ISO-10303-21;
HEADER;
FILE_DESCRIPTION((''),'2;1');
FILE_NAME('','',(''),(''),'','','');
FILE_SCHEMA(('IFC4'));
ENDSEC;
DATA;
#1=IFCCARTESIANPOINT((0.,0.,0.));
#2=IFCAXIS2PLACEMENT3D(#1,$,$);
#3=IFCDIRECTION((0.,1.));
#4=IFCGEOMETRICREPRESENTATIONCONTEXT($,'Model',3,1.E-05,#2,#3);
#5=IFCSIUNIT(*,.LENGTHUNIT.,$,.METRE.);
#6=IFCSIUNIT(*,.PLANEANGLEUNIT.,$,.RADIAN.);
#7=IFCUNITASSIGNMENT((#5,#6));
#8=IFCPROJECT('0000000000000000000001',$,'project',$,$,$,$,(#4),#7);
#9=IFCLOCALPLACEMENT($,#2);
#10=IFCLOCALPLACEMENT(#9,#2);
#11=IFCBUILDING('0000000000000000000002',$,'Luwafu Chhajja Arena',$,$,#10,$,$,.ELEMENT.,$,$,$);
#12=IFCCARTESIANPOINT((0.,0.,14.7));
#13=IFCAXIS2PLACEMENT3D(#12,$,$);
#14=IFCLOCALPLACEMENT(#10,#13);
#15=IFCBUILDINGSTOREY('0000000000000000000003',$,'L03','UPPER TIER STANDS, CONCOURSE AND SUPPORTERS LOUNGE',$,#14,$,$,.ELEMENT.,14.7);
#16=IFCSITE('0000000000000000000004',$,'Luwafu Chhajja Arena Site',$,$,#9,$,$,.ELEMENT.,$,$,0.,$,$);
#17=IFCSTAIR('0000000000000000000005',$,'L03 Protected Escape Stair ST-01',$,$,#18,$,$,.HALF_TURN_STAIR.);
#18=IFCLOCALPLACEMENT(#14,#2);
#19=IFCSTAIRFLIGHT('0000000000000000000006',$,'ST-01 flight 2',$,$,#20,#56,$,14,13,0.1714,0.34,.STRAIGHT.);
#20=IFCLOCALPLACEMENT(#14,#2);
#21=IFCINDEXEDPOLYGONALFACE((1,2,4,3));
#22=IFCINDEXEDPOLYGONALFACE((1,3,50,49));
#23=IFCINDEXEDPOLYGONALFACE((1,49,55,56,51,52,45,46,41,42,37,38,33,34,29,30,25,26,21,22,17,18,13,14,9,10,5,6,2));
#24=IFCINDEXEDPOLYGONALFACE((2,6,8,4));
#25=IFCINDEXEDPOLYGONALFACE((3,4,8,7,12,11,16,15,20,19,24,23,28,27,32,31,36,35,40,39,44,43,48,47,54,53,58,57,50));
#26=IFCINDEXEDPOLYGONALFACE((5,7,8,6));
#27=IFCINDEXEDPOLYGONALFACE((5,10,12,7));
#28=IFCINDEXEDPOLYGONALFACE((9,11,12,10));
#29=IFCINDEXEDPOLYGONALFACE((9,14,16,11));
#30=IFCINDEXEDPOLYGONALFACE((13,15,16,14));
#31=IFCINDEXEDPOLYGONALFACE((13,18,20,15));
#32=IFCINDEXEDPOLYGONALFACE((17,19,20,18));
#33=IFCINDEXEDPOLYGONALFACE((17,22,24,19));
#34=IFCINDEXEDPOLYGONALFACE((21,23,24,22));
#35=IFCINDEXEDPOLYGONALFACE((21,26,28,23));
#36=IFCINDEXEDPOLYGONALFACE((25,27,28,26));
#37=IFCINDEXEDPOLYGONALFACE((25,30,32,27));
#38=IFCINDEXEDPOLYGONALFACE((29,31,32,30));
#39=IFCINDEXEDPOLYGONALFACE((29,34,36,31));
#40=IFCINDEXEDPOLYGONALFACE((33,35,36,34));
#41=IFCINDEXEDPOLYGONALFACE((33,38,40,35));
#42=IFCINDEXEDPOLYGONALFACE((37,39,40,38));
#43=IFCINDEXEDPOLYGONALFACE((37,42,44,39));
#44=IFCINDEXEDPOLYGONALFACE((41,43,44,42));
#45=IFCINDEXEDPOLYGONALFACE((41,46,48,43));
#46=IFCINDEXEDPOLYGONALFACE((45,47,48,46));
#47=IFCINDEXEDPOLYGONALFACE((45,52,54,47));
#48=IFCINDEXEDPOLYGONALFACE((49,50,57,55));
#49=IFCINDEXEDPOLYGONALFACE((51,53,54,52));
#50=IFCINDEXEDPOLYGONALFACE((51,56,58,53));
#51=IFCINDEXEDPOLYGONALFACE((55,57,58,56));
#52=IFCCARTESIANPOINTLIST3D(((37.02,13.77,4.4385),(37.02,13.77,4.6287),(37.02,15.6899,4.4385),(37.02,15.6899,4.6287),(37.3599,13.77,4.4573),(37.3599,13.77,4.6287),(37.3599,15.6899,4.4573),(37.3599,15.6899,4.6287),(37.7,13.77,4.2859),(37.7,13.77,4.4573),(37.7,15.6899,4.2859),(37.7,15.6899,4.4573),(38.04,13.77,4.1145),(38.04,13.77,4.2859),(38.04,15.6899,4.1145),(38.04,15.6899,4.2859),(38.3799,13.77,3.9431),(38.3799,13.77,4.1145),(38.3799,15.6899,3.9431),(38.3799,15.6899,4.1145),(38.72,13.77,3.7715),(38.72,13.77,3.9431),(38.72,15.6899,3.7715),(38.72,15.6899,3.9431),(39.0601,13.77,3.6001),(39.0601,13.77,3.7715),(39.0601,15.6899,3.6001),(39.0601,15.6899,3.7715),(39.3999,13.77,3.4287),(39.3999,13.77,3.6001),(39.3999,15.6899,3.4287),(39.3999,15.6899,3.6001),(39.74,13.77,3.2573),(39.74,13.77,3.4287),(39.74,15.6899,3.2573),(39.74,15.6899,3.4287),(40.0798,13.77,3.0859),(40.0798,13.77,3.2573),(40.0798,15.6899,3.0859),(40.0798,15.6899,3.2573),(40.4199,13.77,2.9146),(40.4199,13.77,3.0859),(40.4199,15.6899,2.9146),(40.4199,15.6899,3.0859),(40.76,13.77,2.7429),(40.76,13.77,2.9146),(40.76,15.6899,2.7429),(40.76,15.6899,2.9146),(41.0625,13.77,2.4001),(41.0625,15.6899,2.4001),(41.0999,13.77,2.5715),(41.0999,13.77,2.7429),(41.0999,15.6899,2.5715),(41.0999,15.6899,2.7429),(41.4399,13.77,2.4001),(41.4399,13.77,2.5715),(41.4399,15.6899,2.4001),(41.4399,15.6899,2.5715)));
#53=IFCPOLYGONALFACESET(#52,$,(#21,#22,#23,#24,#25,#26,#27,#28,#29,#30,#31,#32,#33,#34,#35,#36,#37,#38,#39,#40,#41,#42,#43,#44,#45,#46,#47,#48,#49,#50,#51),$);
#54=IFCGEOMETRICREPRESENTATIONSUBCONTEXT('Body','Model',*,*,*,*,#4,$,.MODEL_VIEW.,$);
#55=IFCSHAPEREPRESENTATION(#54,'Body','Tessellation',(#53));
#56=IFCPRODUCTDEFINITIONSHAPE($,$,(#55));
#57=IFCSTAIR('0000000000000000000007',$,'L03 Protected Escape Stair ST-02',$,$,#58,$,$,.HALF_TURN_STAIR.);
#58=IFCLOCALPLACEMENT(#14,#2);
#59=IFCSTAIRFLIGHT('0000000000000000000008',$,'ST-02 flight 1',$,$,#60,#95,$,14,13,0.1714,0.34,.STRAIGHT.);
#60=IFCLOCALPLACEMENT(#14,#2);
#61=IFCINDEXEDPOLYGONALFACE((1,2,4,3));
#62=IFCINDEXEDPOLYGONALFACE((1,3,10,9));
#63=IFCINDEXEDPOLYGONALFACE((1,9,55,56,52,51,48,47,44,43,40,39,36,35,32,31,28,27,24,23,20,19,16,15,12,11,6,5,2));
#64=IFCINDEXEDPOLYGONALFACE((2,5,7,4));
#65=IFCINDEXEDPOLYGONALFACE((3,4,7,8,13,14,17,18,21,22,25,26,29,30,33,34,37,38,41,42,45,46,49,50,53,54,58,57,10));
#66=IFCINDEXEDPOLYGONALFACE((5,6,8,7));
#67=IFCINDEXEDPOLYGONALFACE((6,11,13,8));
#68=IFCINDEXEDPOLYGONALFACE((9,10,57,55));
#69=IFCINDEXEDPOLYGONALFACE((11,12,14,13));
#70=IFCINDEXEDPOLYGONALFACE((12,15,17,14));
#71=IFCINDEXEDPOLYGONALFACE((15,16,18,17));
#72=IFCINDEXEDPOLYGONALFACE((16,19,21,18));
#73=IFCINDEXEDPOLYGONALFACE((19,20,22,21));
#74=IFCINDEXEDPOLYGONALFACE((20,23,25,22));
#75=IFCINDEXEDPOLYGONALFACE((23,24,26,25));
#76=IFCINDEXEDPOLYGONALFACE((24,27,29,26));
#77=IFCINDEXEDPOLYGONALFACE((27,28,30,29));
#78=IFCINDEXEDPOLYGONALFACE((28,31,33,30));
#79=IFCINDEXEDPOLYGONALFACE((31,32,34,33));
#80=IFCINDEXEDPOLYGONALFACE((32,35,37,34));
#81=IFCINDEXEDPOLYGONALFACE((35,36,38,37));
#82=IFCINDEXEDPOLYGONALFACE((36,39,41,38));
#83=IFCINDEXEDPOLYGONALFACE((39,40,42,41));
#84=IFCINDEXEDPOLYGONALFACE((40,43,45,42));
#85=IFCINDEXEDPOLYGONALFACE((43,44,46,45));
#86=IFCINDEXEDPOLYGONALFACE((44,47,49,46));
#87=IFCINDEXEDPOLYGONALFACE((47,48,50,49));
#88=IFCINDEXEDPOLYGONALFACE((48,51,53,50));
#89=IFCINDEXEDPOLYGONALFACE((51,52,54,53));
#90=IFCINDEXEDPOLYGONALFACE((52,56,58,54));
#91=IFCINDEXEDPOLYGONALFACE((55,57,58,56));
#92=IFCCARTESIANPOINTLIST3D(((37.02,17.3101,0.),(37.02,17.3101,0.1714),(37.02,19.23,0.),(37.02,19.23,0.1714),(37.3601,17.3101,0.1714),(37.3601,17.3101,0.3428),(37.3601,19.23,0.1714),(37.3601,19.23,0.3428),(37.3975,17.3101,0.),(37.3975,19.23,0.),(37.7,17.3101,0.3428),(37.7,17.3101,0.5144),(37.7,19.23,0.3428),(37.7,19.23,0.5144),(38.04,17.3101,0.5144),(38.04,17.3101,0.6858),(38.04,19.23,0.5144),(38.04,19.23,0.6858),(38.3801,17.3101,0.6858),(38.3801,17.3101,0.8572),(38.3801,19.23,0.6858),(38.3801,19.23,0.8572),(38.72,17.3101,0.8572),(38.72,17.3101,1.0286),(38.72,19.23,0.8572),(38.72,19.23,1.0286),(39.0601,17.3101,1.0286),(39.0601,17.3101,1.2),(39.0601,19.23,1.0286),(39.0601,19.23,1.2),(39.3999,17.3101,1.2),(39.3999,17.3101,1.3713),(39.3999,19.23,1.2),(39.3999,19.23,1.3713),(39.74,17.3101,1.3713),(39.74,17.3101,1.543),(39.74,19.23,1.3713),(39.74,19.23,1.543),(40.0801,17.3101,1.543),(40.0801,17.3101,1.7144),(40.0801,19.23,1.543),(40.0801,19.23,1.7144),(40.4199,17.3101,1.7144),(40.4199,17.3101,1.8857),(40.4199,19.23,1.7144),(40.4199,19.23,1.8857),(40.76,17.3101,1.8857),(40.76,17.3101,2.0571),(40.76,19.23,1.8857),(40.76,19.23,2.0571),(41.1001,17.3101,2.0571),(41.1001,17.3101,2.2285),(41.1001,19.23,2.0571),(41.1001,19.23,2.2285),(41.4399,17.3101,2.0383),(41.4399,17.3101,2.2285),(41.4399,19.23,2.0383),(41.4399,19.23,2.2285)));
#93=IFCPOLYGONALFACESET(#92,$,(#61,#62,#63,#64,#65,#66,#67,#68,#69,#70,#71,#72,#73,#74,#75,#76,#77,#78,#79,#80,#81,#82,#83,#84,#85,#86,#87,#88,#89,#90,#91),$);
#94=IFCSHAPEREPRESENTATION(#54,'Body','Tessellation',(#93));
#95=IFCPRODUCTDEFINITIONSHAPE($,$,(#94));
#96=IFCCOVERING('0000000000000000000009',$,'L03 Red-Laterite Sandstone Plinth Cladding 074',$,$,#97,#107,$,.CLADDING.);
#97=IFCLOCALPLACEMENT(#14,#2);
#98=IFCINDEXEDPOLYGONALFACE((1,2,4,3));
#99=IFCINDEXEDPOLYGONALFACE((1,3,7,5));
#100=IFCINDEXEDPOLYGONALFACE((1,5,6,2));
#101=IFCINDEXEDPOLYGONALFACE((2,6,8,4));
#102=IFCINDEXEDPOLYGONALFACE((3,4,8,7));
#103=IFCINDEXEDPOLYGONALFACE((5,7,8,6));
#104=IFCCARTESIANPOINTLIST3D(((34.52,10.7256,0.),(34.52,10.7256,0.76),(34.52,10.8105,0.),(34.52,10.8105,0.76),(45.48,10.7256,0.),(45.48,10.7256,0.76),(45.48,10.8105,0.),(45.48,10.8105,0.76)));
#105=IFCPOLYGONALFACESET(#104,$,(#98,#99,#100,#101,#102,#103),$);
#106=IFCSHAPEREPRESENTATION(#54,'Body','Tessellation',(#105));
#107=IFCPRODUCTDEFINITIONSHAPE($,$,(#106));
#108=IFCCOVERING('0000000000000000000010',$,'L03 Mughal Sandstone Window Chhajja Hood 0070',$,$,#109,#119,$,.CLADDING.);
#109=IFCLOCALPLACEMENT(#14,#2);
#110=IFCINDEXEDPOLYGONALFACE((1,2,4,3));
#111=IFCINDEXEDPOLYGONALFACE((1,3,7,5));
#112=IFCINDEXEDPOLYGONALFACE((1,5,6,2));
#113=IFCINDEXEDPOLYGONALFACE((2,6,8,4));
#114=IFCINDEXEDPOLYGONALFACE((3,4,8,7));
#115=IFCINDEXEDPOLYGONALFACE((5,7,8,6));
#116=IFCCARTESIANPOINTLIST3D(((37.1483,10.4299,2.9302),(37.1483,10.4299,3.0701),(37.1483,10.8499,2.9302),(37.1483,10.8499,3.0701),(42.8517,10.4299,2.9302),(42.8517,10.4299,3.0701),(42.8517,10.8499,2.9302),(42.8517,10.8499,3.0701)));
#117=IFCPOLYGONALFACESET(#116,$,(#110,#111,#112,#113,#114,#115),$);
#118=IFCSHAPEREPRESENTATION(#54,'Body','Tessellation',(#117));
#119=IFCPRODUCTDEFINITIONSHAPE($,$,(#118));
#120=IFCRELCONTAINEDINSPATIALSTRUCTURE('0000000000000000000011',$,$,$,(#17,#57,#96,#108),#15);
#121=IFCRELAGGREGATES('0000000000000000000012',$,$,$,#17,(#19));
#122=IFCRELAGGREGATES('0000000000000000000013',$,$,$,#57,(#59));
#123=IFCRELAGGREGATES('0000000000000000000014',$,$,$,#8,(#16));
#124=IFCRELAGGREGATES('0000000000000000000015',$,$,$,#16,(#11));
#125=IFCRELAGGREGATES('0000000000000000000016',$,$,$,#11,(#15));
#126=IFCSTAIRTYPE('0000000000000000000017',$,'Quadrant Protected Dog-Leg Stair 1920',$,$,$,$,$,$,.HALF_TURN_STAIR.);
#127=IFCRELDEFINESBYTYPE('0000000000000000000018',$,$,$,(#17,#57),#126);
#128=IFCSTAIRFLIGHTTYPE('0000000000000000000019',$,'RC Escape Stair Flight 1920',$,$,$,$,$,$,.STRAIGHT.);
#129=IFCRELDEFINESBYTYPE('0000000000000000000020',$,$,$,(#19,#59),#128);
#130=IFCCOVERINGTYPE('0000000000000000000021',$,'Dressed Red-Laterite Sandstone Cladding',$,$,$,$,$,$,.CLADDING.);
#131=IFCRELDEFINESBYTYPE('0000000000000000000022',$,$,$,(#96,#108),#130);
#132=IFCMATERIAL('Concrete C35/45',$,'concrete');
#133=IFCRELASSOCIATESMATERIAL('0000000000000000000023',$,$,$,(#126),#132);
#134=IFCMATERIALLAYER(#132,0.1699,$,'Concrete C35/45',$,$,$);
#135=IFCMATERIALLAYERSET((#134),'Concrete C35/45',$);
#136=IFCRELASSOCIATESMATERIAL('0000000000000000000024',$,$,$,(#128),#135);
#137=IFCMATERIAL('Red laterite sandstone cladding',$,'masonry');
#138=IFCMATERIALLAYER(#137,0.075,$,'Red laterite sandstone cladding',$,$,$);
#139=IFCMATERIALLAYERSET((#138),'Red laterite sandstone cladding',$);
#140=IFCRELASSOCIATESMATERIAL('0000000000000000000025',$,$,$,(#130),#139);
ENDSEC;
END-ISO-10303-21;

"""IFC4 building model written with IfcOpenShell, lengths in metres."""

from ifc_helpers import new_model, si_unit, direction, frame, origin, origin_2d, place, context, subcontext, project, spatial, polyline, rectangle, outline, extrude, material, layer, layer_set, type_object, element, aggregate, save


model = new_model("IFC4")

# Units and contexts
model_context = context("Model", 3, precision=1e-05, world=origin(), true_north=direction((0.0, 1.0)))
body_context = subcontext(model_context, "Body", "Model", "MODEL_VIEW")
ifc_project = project(units=[si_unit("LENGTHUNIT", "METRE"), si_unit("PLANEANGLEUNIT", "RADIAN")], contexts=[model_context])

# Site, building, storey
site_placement = place(None, origin())
site = spatial("IfcSite", under=ifc_project, at=site_placement, Name="Luwafu Chhajja Arena Site", CompositionType="ELEMENT", RefElevation=0.0)
building_placement = place(site_placement, origin())
building = spatial("IfcBuilding", under=site, at=building_placement, Name="Luwafu Chhajja Arena", CompositionType="ELEMENT")
storey_placement = place(building_placement, frame((0.0, 0.0, 14.7)))
storey = spatial("IfcBuildingStorey", under=building, at=storey_placement, Name="L03", Description="UPPER TIER STANDS, CONCOURSE AND SUPPORTERS LOUNGE", CompositionType="ELEMENT", Elevation=14.7)

# Stair, stair flight
ifc_material_1 = material(Name="Concrete C35/45", Category="concrete")
stair_type = type_object("IfcStairType", Name="Quadrant Protected Dog-Leg Stair 1920", PredefinedType="HALF_TURN_STAIR", material=ifc_material_1)
stair_1_placement = place(storey_placement, origin())
stair_1 = element("IfcStair", 1, at=stair_1_placement, inside=storey, type_object=stair_type, Name="L03 Protected Escape Stair ST-01", PredefinedType="HALF_TURN_STAIR")
ifc_layer_1 = layer(ifc_material_1, 0.1699, Name="Concrete C35/45")
ifc_layer_set_1 = layer_set([ifc_layer_1], Name="Concrete C35/45")
stair_flight_type = type_object("IfcStairFlightType", Name="RC Escape Stair Flight 1920", PredefinedType="STRAIGHT", material=ifc_layer_set_1)
stair_flight_1_placement = place(storey_placement, frame((41.4399, 14.73, 2.4001), z_axis=(0.0, 0.0, 1.0), x_axis=(-1.0, 0.0, 0.0)))
stair_flight_1 = element("IfcStairFlight", 2, at=stair_flight_1_placement, type_object=stair_flight_type, Name="ST-01 flight 2", NumberOfRisers=14, NumberOfTreads=13, PredefinedType="STRAIGHT", RiserHeight=0.1714, TreadLength=0.34, context=body_context, shape_type="SweptSolid", body=[
    extrude(outline(polyline([(0.0, 0.0), (0.0, 0.1714), (0.3401, 0.1714), (0.3401, 0.3428), (0.6799, 0.3428), (0.6799, 0.5144), (1.02, 0.5144), (1.02, 0.6858), (1.3601, 0.6858), (1.3601, 0.8572), (1.7, 0.8572), (1.7, 1.0286), (2.04, 1.0286), (2.04, 1.2), (2.3799, 1.2), (2.3799, 1.3713), (2.72, 1.3713), (2.72, 1.543), (3.0601, 1.543), (3.0601, 1.7144), (3.3999, 1.7144), (3.3999, 1.8857), (3.74, 1.8857), (3.74, 2.0571), (4.0801, 2.0571), (4.0801, 2.2285), (4.4199, 2.2285), (4.4199, 2.3999), (4.4199, 2.0383), (0.3774, 0.0), (0.0, 0.0)])), frame((0.0, 0.96, 0.0), z_axis=(0.0, -1.0, 0.0), x_axis=(1.0, 0.0, 0.0)), (0.0, 0.0, 1.0), 1.9199),
])
aggregate(stair_1, [stair_flight_1])

# Stair, stair flight
stair_2_placement = place(storey_placement, origin())
stair_2 = element("IfcStair", 3, at=stair_2_placement, inside=storey, type_object=stair_type, Name="L03 Protected Escape Stair ST-02", PredefinedType="HALF_TURN_STAIR")
stair_flight_2_placement = place(storey_placement, frame((37.02, 18.27, 0.0), z_axis=(0.0, 0.0, 1.0), x_axis=(1.0, 0.0, 0.0)))
stair_flight_2 = element("IfcStairFlight", 4, at=stair_flight_2_placement, type_object=stair_flight_type, Name="ST-02 flight 1", NumberOfRisers=14, NumberOfTreads=13, PredefinedType="STRAIGHT", RiserHeight=0.1714, TreadLength=0.34, context=body_context, shape_type="SweptSolid", body=[
    extrude(outline(polyline([(0.0, 0.0), (0.0, 0.1714), (0.3401, 0.1714), (0.3401, 0.3428), (0.6799, 0.3428), (0.6799, 0.5144), (1.02, 0.5144), (1.02, 0.6858), (1.3601, 0.6858), (1.3601, 0.8572), (1.7, 0.8572), (1.7, 1.0286), (2.04, 1.0286), (2.04, 1.2), (2.3799, 1.2), (2.3799, 1.3713), (2.72, 1.3713), (2.72, 1.543), (3.0601, 1.543), (3.0601, 1.7144), (3.3999, 1.7144), (3.3999, 1.8857), (3.74, 1.8857), (3.74, 2.0571), (4.0801, 2.0571), (4.0801, 2.2285), (4.4199, 2.2285), (4.4199, 2.3999), (4.4199, 2.0383), (0.3774, 0.0), (0.0, 0.0)])), frame((0.0, 0.96, 0.0), z_axis=(0.0, -1.0, 0.0), x_axis=(1.0, 0.0, 0.0)), (0.0, 0.0, 1.0), 1.9199),
])
aggregate(stair_2, [stair_flight_2])

# Coverings
ifc_material_2 = material(Name="Red laterite sandstone cladding", Category="masonry")
ifc_layer_2 = layer(ifc_material_2, 0.075, Name="Red laterite sandstone cladding")
ifc_layer_set_2 = layer_set([ifc_layer_2], Name="Red laterite sandstone cladding")
covering_type = type_object("IfcCoveringType", Name="Dressed Red-Laterite Sandstone Cladding", PredefinedType="CLADDING", material=ifc_layer_set_2)
covering_1_placement = place(storey_placement, frame((40.0, 10.7681, 0.0), z_axis=(0.0, 0.0, 1.0), x_axis=(1.0, 0.0, 0.0)))
element("IfcCovering", 5, at=covering_1_placement, inside=storey, type_object=covering_type, Name="L03 Red-Laterite Sandstone Plinth Cladding 074", PredefinedType="CLADDING", context=body_context, shape_type="SweptSolid", body=[
    extrude(rectangle(XDim=10.96, YDim=0.085, at=origin_2d()), origin(), (0.0, 0.0, 1.0), 0.76),
])
covering_2_placement = place(storey_placement, frame((40.0, 10.6399, 2.9302), z_axis=(0.0, 0.0, 1.0), x_axis=(1.0, 0.0, 0.0)))
element("IfcCovering", 6, at=covering_2_placement, inside=storey, type_object=covering_type, Name="L03 Mughal Sandstone Window Chhajja Hood 0070", PredefinedType="CLADDING", context=body_context, shape_type="SweptSolid", body=[
    extrude(rectangle(XDim=5.7034, YDim=0.4199, at=origin_2d()), origin(), (0.0, 0.0, 1.0), 0.1399),
])

save(model, "model.ifc")
